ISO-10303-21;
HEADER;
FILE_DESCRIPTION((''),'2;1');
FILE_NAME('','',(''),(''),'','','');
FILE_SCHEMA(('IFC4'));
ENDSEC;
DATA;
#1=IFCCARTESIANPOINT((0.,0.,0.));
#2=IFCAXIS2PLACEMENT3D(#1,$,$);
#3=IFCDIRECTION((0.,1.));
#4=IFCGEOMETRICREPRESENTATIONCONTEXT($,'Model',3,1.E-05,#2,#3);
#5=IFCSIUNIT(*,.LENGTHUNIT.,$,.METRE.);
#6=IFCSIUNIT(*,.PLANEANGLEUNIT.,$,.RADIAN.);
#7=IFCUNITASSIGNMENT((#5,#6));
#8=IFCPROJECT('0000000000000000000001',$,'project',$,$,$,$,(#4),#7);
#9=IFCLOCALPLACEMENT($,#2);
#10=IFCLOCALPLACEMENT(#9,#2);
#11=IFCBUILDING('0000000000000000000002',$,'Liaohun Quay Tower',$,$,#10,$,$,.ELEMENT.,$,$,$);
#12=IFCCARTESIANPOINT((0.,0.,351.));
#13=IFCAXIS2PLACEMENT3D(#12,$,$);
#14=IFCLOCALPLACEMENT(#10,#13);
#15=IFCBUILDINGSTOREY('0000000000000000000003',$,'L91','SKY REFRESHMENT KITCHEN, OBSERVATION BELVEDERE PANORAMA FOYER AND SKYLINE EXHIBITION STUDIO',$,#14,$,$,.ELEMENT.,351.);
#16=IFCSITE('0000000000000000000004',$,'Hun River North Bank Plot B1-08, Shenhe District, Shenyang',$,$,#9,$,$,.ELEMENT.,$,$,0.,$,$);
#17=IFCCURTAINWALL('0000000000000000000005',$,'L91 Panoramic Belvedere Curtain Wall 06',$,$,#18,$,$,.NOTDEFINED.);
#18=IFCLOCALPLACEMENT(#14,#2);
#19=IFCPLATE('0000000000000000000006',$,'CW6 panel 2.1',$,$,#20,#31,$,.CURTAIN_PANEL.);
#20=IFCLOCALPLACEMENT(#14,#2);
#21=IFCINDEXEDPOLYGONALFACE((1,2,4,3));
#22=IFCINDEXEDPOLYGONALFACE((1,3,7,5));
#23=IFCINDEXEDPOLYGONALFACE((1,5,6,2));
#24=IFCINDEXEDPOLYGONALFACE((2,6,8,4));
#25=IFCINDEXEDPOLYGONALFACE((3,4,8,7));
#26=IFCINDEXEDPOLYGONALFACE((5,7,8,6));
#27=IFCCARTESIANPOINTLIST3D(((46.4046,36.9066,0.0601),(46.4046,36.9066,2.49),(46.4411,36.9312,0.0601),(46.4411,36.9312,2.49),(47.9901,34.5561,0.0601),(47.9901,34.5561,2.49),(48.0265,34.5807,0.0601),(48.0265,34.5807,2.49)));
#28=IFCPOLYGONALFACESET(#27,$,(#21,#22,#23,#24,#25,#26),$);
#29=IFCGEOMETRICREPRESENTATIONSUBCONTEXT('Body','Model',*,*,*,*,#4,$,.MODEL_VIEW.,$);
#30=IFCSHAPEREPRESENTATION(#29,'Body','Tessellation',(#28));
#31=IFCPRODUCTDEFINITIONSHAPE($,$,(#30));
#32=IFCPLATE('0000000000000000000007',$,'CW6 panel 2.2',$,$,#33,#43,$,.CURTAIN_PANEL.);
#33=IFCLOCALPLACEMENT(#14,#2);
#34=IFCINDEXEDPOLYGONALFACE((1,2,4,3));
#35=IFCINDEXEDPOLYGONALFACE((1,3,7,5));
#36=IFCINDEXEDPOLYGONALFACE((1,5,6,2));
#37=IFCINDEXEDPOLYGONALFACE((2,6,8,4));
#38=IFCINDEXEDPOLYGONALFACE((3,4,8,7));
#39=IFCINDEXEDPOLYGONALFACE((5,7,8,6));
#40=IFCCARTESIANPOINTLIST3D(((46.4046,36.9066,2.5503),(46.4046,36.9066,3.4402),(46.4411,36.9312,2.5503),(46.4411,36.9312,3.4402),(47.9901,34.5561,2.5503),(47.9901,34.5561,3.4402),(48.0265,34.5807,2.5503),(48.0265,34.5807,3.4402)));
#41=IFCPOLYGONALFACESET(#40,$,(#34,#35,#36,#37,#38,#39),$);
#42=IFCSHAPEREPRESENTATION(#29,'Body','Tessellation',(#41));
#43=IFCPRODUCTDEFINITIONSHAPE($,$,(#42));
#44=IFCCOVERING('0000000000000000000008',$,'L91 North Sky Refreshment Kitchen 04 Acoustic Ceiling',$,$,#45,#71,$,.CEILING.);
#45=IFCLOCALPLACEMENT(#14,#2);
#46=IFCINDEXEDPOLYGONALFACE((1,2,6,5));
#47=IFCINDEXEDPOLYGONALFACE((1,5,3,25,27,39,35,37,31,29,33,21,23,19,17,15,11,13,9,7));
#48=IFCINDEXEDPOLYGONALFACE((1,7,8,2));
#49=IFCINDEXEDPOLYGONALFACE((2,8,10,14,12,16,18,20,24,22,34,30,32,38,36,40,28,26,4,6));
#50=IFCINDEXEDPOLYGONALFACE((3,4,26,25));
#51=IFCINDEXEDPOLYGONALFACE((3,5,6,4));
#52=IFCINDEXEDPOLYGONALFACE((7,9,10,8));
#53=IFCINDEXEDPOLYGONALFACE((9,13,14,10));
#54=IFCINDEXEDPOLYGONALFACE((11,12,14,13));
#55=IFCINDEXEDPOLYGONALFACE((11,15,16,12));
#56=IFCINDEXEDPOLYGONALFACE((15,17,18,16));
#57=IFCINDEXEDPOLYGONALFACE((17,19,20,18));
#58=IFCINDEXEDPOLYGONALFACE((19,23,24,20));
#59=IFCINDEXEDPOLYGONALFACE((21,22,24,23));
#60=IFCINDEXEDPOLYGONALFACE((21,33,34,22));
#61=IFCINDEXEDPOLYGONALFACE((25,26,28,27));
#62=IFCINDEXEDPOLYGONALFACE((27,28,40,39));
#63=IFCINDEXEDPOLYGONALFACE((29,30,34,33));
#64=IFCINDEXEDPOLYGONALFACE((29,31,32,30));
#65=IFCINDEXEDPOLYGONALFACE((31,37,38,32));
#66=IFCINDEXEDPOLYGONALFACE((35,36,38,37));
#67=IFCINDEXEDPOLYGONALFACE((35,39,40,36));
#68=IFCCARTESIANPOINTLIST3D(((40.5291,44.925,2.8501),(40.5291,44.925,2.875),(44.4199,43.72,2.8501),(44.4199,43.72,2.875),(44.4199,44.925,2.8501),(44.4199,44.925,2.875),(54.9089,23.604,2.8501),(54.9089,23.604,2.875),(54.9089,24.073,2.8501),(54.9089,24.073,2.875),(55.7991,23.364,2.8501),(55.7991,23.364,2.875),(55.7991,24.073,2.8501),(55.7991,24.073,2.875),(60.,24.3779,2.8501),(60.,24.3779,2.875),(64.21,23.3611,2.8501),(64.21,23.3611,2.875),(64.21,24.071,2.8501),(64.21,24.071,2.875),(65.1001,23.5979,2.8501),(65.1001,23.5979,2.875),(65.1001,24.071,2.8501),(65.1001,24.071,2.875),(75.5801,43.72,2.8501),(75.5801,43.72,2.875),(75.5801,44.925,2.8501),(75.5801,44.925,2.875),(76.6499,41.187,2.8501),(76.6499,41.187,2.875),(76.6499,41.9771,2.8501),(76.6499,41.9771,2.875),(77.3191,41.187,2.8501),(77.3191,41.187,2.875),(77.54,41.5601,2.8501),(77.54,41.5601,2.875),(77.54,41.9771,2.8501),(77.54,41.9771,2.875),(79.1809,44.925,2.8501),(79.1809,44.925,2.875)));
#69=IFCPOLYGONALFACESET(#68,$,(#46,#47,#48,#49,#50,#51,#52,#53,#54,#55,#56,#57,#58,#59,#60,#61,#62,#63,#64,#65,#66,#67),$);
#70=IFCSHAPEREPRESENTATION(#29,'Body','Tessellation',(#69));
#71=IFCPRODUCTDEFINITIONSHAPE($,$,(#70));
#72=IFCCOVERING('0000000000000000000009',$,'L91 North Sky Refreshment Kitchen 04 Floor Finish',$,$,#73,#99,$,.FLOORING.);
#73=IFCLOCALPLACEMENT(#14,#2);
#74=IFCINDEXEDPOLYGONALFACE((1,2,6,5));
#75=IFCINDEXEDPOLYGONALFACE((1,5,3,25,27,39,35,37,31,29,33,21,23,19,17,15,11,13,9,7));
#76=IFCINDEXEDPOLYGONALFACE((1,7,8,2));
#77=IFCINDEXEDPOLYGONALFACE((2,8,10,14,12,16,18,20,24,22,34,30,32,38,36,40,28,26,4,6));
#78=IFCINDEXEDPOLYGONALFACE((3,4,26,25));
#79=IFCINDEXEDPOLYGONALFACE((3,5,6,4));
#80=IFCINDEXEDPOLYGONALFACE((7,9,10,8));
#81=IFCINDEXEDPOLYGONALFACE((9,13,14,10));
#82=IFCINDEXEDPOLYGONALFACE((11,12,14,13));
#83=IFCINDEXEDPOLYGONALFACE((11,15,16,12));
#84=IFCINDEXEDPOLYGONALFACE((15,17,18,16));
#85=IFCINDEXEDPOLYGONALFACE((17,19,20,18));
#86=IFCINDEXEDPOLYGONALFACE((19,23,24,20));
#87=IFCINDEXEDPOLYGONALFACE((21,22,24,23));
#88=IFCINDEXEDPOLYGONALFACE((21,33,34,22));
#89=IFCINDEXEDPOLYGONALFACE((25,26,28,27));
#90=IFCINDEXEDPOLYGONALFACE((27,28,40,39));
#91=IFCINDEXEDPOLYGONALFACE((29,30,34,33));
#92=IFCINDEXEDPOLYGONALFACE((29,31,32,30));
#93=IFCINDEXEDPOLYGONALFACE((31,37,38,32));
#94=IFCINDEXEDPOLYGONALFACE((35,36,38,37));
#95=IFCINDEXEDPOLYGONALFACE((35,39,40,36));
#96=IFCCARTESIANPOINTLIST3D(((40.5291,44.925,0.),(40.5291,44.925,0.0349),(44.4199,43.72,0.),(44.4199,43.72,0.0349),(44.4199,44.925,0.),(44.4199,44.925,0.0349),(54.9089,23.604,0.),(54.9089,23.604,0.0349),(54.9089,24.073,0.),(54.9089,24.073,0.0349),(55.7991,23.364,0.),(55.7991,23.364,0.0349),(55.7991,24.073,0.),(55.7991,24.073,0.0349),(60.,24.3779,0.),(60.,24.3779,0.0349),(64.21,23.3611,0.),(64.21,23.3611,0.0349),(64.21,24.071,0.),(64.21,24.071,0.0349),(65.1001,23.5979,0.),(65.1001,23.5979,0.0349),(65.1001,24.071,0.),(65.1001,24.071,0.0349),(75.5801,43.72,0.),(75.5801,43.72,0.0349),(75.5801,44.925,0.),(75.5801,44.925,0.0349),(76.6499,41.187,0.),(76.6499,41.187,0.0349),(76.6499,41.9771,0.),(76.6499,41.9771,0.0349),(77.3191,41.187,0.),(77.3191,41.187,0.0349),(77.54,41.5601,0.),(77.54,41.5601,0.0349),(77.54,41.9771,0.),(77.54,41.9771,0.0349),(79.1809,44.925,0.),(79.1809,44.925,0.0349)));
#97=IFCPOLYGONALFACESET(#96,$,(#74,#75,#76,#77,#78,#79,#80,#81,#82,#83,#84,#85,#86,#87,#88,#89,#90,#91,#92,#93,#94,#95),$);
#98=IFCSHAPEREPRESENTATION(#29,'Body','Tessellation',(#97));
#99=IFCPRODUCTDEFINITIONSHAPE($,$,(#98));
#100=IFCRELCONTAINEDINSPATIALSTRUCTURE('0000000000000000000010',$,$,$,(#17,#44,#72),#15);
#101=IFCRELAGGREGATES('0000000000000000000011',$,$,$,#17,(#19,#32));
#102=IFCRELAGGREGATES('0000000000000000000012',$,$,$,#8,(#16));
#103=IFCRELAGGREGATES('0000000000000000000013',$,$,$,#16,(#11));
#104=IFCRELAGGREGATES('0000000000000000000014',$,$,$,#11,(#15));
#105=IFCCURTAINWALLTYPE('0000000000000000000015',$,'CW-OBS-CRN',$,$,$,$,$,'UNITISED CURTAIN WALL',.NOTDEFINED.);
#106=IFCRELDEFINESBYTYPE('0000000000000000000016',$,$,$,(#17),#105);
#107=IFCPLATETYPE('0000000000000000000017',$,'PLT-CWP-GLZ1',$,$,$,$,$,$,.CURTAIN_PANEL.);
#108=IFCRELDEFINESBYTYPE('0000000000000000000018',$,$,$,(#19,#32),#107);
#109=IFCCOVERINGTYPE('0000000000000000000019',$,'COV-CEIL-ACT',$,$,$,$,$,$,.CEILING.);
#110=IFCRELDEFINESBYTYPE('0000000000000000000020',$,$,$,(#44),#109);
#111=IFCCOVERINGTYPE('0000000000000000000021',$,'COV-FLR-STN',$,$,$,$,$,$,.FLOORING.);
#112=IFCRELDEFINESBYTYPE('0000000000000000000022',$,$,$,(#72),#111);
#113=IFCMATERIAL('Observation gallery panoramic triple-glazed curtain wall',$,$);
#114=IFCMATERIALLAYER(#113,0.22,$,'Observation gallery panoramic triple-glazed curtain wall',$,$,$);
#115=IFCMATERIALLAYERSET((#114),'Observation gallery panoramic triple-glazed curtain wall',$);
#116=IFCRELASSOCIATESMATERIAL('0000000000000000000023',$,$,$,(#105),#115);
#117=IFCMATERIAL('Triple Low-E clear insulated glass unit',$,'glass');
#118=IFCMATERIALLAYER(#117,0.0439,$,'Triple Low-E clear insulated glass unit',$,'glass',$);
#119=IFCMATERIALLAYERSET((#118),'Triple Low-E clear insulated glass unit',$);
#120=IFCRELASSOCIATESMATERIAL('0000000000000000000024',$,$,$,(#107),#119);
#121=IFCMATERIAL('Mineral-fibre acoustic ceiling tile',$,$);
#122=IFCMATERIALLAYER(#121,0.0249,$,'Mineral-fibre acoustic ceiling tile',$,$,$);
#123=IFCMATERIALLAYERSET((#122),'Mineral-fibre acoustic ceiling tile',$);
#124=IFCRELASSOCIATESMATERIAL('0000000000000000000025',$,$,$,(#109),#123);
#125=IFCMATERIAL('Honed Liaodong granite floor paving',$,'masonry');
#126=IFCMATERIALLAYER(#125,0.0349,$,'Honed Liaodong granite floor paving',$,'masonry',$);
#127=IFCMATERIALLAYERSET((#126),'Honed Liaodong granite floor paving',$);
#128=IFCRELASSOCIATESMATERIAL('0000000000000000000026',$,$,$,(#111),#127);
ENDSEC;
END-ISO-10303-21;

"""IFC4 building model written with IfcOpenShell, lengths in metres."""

from ifc_helpers import new_model, si_unit, direction, frame, origin, origin_2d, place, context, subcontext, project, spatial, polyline, rectangle, outline, extrude, source, transform, mapped, material, layer, layer_set, type_object, element, aggregate, save


model = new_model("IFC4")

# Units and contexts
model_context = context("Model", 3, precision=1e-05, world=origin(), true_north=direction((0.0, 1.0)))
body_context = subcontext(model_context, "Body", "Model", "MODEL_VIEW")
ifc_project = project(units=[si_unit("LENGTHUNIT", "METRE"), si_unit("PLANEANGLEUNIT", "RADIAN")], contexts=[model_context])

# Site, building, storey
site_placement = place(None, origin())
site = spatial("IfcSite", under=ifc_project, at=site_placement, Name="Hun River North Bank Plot B1-08, Shenhe District, Shenyang", CompositionType="ELEMENT", RefElevation=0.0)
building_placement = place(site_placement, origin())
building = spatial("IfcBuilding", under=site, at=building_placement, Name="Liaohun Quay Tower", CompositionType="ELEMENT")
storey_placement = place(building_placement, frame((0.0, 0.0, 351.0)))
storey = spatial("IfcBuildingStorey", under=building, at=storey_placement, Name="L91", Description="SKY REFRESHMENT KITCHEN, OBSERVATION BELVEDERE PANORAMA FOYER AND SKYLINE EXHIBITION STUDIO", CompositionType="ELEMENT", Elevation=351.0)

# Curtain wall
ifc_material_1 = material(Name="Observation gallery panoramic triple-glazed curtain wall")
ifc_layer_1 = layer(ifc_material_1, 0.22, Name="Observation gallery panoramic triple-glazed curtain wall")
ifc_layer_set_1 = layer_set([ifc_layer_1], Name="Observation gallery panoramic triple-glazed curtain wall")
curtain_wall_type = type_object("IfcCurtainWallType", Name="CW-OBS-CRN", ElementType="UNITISED CURTAIN WALL", PredefinedType="NOTDEFINED", material=ifc_layer_set_1)
curtain_wall_placement = place(storey_placement, origin())
curtain_wall = element("IfcCurtainWall", 1, at=curtain_wall_placement, inside=storey, type_object=curtain_wall_type, Name="L91 Panoramic Belvedere Curtain Wall 06", PredefinedType="NOTDEFINED")

# Plates
ifc_material_2 = material(Name="Triple Low-E clear insulated glass unit", Category="glass")
ifc_layer_2 = layer(ifc_material_2, 0.0439, Name="Triple Low-E clear insulated glass unit", Category="glass")
ifc_layer_set_2 = layer_set([ifc_layer_2], Name="Triple Low-E clear insulated glass unit")
plate_type = type_object("IfcPlateType", Name="PLT-CWP-GLZ1", PredefinedType="CURTAIN_PANEL", material=ifc_layer_set_2)
shared_shape_1 = source(origin(), body_context, "Body", "SweptSolid", [
    extrude(rectangle(XDim=2.8352, YDim=0.0439, at=origin_2d()), origin(), (0.0, 0.0, 1.0), 2.4299),
])
plate_1_placement = place(storey_placement, frame((47.2156, 35.7437, 0.0601), z_axis=(0.0, 0.0, 1.0), x_axis=(0.559208, -0.829028, 0.0)))
plate_1 = element("IfcPlate", 2, at=plate_1_placement, type_object=plate_type, Name="CW6 panel 2.1", PredefinedType="CURTAIN_PANEL", context=body_context, shape_type="MappedRepresentation", body=[
    mapped(shared_shape_1, transform((0.0, 0.0, 0.0), x_axis=(1.0, 0.0, 0.0), y_axis=(0.0, 1.0, 0.0), z_axis=(0.0, 0.0, 1.0), scale=1.0)),
])
shared_shape_2 = source(origin(), body_context, "Body", "SweptSolid", [
    extrude(rectangle(XDim=2.8352, YDim=0.0439, at=origin_2d()), origin(), (0.0, 0.0, 1.0), 0.8899),
])
plate_2_placement = place(storey_placement, frame((47.2156, 35.7437, 2.5503), z_axis=(0.0, 0.0, 1.0), x_axis=(0.559208, -0.829028, 0.0)))
plate_2 = element("IfcPlate", 3, at=plate_2_placement, type_object=plate_type, Name="CW6 panel 2.2", PredefinedType="CURTAIN_PANEL", context=body_context, shape_type="MappedRepresentation", body=[
    mapped(shared_shape_2, transform((0.0, 0.0, 0.0), x_axis=(1.0, 0.0, 0.0), y_axis=(0.0, 1.0, 0.0), z_axis=(0.0, 0.0, 1.0), scale=1.0)),
])
aggregate(curtain_wall, [plate_1, plate_2])

# Coverings
ifc_material_3 = material(Name="Mineral-fibre acoustic ceiling tile")
ifc_layer_3 = layer(ifc_material_3, 0.0249, Name="Mineral-fibre acoustic ceiling tile")
ifc_layer_set_3 = layer_set([ifc_layer_3], Name="Mineral-fibre acoustic ceiling tile")
covering_type_1 = type_object("IfcCoveringType", Name="COV-CEIL-ACT", PredefinedType="CEILING", material=ifc_layer_set_3)
covering_1_placement = place(storey_placement, frame((0.0, 0.0, 2.8501)))
element("IfcCovering", 4, at=covering_1_placement, inside=storey, type_object=covering_type_1, Name="L91 North Sky Refreshment Kitchen 04 Acoustic Ceiling", PredefinedType="CEILING", context=body_context, shape_type="SweptSolid", body=[
    extrude(outline(polyline([(77.3191, 41.187), (76.6499, 41.187), (76.6499, 41.9771), (77.54, 41.9771), (77.54, 41.5601), (79.1809, 44.925), (75.5801, 44.925), (75.5801, 43.72), (44.4199, 43.72), (44.4199, 44.925), (40.5291, 44.925), (54.9089, 23.604), (54.9089, 24.073), (55.7991, 24.073), (55.7991, 23.364), (60.0, 24.3779), (64.21, 23.3611), (64.21, 24.071), (65.1001, 24.071), (65.1001, 23.5979), (77.3191, 41.187)])), origin(), (0.0, 0.0, 1.0), 0.0249),
])
ifc_material_4 = material(Name="Honed Liaodong granite floor paving", Category="masonry")
ifc_layer_4 = layer(ifc_material_4, 0.0349, Name="Honed Liaodong granite floor paving", Category="masonry")
ifc_layer_set_4 = layer_set([ifc_layer_4], Name="Honed Liaodong granite floor paving")
covering_type_2 = type_object("IfcCoveringType", Name="COV-FLR-STN", PredefinedType="FLOORING", material=ifc_layer_set_4)
covering_2_placement = place(storey_placement, origin())
element("IfcCovering", 5, at=covering_2_placement, inside=storey, type_object=covering_type_2, Name="L91 North Sky Refreshment Kitchen 04 Floor Finish", PredefinedType="FLOORING", context=body_context, shape_type="SweptSolid", body=[
    extrude(outline(polyline([(77.3191, 41.187), (76.6499, 41.187), (76.6499, 41.9771), (77.54, 41.9771), (77.54, 41.5601), (79.1809, 44.925), (75.5801, 44.925), (75.5801, 43.72), (44.4199, 43.72), (44.4199, 44.925), (40.5291, 44.925), (54.9089, 23.604), (54.9089, 24.073), (55.7991, 24.073), (55.7991, 23.364), (60.0, 24.3779), (64.21, 23.3611), (64.21, 24.071), (65.1001, 24.071), (65.1001, 23.5979), (77.3191, 41.187)])), origin(), (0.0, 0.0, 1.0), 0.0349),
])

save(model, "model.ifc")
